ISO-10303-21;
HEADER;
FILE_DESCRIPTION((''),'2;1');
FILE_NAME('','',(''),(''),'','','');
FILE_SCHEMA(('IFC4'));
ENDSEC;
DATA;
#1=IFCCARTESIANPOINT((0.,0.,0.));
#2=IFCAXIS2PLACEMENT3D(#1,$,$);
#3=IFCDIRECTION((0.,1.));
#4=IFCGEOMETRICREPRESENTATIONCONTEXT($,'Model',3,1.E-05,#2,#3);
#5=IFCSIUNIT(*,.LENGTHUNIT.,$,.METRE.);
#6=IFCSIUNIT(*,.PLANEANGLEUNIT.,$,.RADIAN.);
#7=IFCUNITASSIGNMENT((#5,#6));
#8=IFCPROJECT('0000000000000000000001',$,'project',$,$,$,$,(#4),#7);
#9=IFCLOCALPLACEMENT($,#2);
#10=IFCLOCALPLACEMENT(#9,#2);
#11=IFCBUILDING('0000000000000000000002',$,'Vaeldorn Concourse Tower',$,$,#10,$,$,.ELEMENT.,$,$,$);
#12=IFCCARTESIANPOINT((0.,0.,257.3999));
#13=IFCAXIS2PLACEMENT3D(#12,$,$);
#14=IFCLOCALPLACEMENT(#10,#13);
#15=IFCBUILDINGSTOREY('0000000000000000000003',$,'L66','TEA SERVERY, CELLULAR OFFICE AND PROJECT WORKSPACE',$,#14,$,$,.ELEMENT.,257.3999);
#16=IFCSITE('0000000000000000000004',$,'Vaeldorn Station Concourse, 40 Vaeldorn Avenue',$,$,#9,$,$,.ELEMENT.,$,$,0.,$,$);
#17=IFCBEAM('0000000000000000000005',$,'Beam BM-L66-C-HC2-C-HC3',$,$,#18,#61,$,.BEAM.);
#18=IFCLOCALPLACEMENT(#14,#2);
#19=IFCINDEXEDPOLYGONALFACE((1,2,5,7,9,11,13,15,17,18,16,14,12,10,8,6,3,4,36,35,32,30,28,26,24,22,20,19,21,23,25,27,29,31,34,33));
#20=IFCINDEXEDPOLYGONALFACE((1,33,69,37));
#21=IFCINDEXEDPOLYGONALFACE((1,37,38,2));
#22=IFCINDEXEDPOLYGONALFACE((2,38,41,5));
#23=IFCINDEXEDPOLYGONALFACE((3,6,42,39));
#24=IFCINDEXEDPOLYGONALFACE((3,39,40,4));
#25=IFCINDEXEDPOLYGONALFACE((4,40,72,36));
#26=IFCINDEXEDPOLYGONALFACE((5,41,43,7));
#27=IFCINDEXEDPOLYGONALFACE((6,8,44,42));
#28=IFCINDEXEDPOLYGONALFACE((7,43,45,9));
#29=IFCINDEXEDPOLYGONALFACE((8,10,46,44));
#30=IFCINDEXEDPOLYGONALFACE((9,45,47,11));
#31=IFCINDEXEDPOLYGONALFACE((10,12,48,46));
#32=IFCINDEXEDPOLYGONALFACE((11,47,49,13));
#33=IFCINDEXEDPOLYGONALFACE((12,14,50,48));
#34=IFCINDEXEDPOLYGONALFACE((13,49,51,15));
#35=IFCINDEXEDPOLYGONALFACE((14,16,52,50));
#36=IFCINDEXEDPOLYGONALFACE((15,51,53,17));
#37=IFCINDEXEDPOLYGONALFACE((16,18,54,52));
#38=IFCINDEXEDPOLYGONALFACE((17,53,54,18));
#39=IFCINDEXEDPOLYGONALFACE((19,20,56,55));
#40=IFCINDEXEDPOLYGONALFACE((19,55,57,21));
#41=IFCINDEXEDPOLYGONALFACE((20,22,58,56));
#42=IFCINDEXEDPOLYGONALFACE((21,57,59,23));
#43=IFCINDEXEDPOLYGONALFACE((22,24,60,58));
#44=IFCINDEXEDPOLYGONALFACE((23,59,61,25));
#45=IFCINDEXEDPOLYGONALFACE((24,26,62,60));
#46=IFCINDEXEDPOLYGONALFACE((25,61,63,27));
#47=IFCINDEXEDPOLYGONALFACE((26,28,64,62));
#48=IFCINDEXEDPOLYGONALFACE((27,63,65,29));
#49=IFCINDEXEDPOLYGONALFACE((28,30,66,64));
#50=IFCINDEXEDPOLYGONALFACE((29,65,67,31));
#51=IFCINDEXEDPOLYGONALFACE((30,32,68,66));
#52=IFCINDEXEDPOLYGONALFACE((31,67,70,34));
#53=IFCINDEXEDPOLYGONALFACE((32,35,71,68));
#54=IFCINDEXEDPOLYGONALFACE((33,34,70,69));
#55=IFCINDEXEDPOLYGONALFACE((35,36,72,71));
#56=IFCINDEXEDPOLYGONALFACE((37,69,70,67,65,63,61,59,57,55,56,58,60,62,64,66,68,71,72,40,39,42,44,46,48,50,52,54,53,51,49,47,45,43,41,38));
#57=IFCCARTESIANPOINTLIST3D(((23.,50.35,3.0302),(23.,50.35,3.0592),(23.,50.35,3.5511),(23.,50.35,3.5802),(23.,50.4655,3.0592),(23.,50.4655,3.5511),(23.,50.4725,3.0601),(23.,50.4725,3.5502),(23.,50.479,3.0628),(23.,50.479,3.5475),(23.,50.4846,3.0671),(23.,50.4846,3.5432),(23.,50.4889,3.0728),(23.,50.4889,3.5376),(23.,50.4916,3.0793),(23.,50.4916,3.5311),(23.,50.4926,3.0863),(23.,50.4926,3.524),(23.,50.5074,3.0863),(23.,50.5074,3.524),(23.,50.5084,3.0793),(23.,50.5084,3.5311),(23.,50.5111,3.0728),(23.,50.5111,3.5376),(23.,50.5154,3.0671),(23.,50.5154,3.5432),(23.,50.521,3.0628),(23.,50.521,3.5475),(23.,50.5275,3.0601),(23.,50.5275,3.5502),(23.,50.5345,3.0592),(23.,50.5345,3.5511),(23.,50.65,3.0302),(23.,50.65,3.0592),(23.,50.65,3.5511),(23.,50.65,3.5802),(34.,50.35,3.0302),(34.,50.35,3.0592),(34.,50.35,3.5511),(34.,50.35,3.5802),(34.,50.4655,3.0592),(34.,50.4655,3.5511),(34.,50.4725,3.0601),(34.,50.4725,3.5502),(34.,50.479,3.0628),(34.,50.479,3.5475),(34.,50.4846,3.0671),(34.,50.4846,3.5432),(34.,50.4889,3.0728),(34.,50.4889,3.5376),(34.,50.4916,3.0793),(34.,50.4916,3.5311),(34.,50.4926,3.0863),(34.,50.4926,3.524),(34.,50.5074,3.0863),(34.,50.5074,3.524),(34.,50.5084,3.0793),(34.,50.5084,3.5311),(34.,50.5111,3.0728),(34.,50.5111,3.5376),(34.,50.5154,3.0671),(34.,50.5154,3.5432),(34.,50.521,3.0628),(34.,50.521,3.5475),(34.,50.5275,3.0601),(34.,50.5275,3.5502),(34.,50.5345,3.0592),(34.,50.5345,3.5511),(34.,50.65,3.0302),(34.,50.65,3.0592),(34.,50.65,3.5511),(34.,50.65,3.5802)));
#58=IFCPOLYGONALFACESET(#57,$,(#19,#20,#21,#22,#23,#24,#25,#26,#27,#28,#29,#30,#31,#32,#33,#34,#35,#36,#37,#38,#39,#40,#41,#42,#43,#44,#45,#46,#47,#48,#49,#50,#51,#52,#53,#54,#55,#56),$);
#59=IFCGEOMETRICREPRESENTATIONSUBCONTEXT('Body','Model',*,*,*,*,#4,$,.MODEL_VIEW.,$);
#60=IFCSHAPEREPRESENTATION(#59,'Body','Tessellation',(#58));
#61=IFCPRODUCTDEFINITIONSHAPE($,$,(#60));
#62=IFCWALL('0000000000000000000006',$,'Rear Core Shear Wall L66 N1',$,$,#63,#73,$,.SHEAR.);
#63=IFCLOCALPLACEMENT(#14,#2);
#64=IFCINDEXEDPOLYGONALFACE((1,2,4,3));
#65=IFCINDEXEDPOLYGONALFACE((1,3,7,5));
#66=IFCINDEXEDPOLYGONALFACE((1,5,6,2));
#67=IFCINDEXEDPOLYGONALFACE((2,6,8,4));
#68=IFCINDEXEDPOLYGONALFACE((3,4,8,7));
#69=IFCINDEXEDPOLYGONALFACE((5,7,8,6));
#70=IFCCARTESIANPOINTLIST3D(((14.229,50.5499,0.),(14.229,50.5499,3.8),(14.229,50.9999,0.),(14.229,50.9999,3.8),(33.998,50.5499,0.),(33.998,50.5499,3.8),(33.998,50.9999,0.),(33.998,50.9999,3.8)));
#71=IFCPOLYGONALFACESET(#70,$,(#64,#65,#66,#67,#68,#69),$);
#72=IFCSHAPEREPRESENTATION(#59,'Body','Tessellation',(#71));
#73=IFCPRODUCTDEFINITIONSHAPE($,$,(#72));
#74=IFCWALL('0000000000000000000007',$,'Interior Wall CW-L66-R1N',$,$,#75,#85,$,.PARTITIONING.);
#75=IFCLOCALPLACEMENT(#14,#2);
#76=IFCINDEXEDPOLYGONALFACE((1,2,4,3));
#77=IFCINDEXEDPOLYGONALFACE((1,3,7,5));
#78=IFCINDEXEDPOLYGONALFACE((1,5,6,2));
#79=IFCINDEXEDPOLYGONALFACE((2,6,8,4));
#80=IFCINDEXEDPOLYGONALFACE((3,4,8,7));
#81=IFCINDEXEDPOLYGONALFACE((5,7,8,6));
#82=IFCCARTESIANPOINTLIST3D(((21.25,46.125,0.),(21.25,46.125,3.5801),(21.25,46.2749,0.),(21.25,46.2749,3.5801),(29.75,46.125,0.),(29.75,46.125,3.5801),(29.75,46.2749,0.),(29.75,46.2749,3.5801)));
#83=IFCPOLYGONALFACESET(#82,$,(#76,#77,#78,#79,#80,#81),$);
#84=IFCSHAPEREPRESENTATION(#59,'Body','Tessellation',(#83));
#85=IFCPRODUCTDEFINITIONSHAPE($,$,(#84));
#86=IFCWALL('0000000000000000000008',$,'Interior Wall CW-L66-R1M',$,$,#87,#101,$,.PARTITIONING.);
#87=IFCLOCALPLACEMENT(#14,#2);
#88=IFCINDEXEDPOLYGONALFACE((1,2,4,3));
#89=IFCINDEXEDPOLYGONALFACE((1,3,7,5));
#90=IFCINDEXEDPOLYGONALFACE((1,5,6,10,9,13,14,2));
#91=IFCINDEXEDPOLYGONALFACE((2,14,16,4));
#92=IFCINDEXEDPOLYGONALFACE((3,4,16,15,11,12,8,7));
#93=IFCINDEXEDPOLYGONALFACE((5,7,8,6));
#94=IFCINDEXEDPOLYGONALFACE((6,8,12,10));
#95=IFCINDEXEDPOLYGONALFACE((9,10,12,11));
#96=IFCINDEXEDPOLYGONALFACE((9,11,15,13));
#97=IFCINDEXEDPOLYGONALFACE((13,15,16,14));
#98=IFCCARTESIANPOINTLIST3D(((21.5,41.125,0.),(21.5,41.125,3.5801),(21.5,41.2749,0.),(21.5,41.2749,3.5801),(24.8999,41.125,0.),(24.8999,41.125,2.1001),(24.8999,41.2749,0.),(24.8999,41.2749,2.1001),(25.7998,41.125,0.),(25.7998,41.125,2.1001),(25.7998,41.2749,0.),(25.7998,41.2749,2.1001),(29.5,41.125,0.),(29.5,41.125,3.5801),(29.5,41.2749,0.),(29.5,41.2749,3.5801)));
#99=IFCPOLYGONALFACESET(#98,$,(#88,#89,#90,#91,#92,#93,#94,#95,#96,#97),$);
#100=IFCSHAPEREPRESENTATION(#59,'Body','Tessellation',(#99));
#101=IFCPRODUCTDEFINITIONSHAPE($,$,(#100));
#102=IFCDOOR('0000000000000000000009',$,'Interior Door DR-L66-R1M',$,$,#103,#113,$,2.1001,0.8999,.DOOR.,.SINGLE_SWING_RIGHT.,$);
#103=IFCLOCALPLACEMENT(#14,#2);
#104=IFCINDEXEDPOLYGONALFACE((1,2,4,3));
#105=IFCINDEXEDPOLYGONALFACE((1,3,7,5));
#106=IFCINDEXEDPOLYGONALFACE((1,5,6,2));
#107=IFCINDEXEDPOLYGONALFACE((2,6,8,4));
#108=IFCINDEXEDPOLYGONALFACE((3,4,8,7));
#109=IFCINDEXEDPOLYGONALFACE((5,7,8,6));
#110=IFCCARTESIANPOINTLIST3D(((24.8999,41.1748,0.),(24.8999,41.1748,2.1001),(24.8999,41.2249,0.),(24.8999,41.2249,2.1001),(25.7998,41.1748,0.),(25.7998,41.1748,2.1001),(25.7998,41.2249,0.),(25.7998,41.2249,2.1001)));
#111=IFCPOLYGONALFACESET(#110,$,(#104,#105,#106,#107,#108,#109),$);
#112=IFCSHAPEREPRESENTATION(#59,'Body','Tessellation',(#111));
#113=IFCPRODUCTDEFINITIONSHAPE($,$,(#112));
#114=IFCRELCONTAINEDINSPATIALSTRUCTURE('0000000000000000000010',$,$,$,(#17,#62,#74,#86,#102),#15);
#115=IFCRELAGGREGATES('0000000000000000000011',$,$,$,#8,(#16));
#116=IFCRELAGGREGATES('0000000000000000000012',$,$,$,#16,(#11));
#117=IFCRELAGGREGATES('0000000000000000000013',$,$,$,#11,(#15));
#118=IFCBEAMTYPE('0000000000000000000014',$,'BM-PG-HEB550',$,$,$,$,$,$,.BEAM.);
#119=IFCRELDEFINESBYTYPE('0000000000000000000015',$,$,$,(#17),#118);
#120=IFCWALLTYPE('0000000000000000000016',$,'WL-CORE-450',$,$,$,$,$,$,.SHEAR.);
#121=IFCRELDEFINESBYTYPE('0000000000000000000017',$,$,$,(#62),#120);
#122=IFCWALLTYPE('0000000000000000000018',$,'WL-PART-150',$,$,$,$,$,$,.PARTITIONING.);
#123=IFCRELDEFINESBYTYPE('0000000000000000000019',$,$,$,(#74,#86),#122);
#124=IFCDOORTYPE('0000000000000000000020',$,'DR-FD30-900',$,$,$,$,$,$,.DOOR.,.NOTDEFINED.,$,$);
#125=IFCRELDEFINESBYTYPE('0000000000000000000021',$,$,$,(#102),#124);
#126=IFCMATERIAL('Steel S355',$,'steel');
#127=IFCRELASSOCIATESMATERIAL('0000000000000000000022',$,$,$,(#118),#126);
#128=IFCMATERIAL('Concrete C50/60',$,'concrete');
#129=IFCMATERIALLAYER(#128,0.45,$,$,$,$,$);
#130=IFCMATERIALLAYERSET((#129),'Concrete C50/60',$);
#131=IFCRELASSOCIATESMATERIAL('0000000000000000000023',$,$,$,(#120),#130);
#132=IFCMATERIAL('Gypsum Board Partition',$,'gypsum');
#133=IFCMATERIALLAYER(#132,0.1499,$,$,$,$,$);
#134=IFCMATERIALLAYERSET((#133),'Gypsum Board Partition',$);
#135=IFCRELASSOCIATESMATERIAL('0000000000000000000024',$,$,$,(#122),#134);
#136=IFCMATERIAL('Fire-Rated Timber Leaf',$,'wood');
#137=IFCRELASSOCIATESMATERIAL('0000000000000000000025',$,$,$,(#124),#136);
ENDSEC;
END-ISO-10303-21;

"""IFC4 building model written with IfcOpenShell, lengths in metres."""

from ifc_helpers import new_model, si_unit, direction, frame, frame_2d, origin, origin_2d, place, context, subcontext, project, spatial, rectangle, i_section, extrude, source, transform, mapped, material, layer, layer_set, material_profile, profile_set, type_object, element, fill, save


model = new_model("IFC4")

# Units and contexts
model_context = context("Model", 3, precision=1e-05, world=origin(), true_north=direction((0.0, 1.0)))
body_context = subcontext(model_context, "Body", "Model", "MODEL_VIEW")
ifc_project = project(units=[si_unit("LENGTHUNIT", "METRE"), si_unit("PLANEANGLEUNIT", "RADIAN")], contexts=[model_context])

# Site, building, storey
site_placement = place(None, origin())
site = spatial("IfcSite", under=ifc_project, at=site_placement, Name="Vaeldorn Station Concourse, 40 Vaeldorn Avenue", CompositionType="ELEMENT", RefElevation=0.0)
building_placement = place(site_placement, origin())
building = spatial("IfcBuilding", under=site, at=building_placement, Name="Vaeldorn Concourse Tower", CompositionType="ELEMENT")
storey_placement = place(building_placement, frame((0.0, 0.0, 257.3999)))
storey = spatial("IfcBuildingStorey", under=building, at=storey_placement, Name="L66", Description="TEA SERVERY, CELLULAR OFFICE AND PROJECT WORKSPACE", CompositionType="ELEMENT", Elevation=257.3999)

# Beam
ifc_material_1 = material(Name="Steel S355", Category="steel")
ifc_material_profile_1 = material_profile(ifc_material_1, i_section(OverallWidth=0.3, OverallDepth=0.55, WebThickness=0.0149, FlangeThickness=0.0291, FilletRadius=0.0271, at=origin_2d()), Name="HEB 550")
ifc_profile_set_1 = profile_set([ifc_material_profile_1], Name="Steel S355")
beam_type_1 = type_object("IfcBeamType", Name="BM-PG-HEB550", PredefinedType="BEAM", material=ifc_profile_set_1)
shared_shape_1 = source(origin(), body_context, "Body", "SweptSolid", [
    extrude(i_section(OverallWidth=0.3, OverallDepth=0.55, WebThickness=0.0149, FlangeThickness=0.0291, FilletRadius=0.0271, at=origin_2d()), origin(), (0.0, 0.0, 1.0), 11.0),
])
beam_1_placement = place(storey_placement, frame((23.0, 50.5, 3.3052), z_axis=(1.0, 0.0, 0.0), x_axis=(0.0, 1.0, 0.0)))
element("IfcBeam", 1, at=beam_1_placement, inside=storey, type_object=beam_type_1, Name="Beam BM-L66-C-HC2-C-HC3", PredefinedType="BEAM", context=body_context, shape_type="MappedRepresentation", body=[
    mapped(shared_shape_1, transform((0.0, 0.0, 0.0), scale=1.0)),
])

# Walls
ifc_material_2 = material(Name="Concrete C50/60", Category="concrete")
ifc_layer_1 = layer(ifc_material_2, 0.45)
ifc_layer_set_1 = layer_set([ifc_layer_1], Name="Concrete C50/60")
wall_type_1 = type_object("IfcWallType", Name="WL-CORE-450", PredefinedType="SHEAR", material=ifc_layer_set_1)
wall_1_placement = place(storey_placement, frame((14.229, 50.7749, 0.0), z_axis=(0.0, 0.0, 1.0), x_axis=(1.0, 0.0, 0.0)))
element("IfcWall", 2, at=wall_1_placement, inside=storey, type_object=wall_type_1, Name="Rear Core Shear Wall L66 N1", PredefinedType="SHEAR", context=body_context, shape_type="SweptSolid", body=[
    extrude(rectangle(XDim=19.769, YDim=0.45, at=frame_2d((9.8845, 0.0))), origin(), (0.0, 0.0, 1.0), 3.8),
])
ifc_material_3 = material(Name="Gypsum Board Partition", Category="gypsum")
ifc_layer_2 = layer(ifc_material_3, 0.1499)
ifc_layer_set_2 = layer_set([ifc_layer_2], Name="Gypsum Board Partition")
wall_type_2 = type_object("IfcWallType", Name="WL-PART-150", PredefinedType="PARTITIONING", material=ifc_layer_set_2)
wall_2_placement = place(storey_placement, frame((21.25, 46.2, 0.0), z_axis=(0.0, 0.0, 1.0), x_axis=(1.0, 0.0, 0.0)))
element("IfcWall", 3, at=wall_2_placement, inside=storey, type_object=wall_type_2, Name="Interior Wall CW-L66-R1N", PredefinedType="PARTITIONING", context=body_context, shape_type="SweptSolid", body=[
    extrude(rectangle(XDim=8.5, YDim=0.1499, at=frame_2d((4.25, 0.0))), origin(), (0.0, 0.0, 1.0), 3.5801),
])

# Wall, opening, door
wall_3_placement = place(storey_placement, frame((21.5, 41.2, 0.0), z_axis=(0.0, 0.0, 1.0), x_axis=(1.0, 0.0, 0.0)))
wall_3 = element("IfcWall", 4, at=wall_3_placement, inside=storey, type_object=wall_type_2, Name="Interior Wall CW-L66-R1M", PredefinedType="PARTITIONING", context=body_context, shape_type="SweptSolid", body=[
    extrude(rectangle(XDim=8.0, YDim=0.1499, at=frame_2d((4.0, 0.0))), origin(), (0.0, 0.0, 1.0), 3.5801),
])
opening_1_placement = place(wall_3_placement, frame((3.3999, 0.0, 0.0)))
opening_1 = element("IfcOpeningElement", 5, at=opening_1_placement, cuts=wall_3, PredefinedType="OPENING", context=body_context, shape_type="SweptSolid", body=[
    extrude(rectangle(XDim=0.8999, YDim=2.1001, at=frame_2d((0.45, 1.05))), frame((0.0, 0.085, 0.0), z_axis=(0.0, -1.0, 0.0), x_axis=(1.0, 0.0, 0.0)), (0.0, 0.0, 1.0), 0.1699),
])
ifc_material_4 = material(Name="Fire-Rated Timber Leaf", Category="wood")
door_type_1 = type_object("IfcDoorType", Name="DR-FD30-900", OperationType="NOTDEFINED", PredefinedType="DOOR", material=ifc_material_4)
shared_shape_2 = source(origin(), body_context, "Body", "SweptSolid", [
    extrude(rectangle(XDim=0.8999, YDim=2.1001, at=frame_2d((0.45, 1.05))), frame((0.0, 0.0249, 0.0), z_axis=(0.0, -1.0, 0.0), x_axis=(1.0, 0.0, 0.0)), (0.0, 0.0, 1.0), 0.05),
])
door_1_placement = place(opening_1_placement, origin())
door_1 = element("IfcDoor", 6, at=door_1_placement, inside=storey, type_object=door_type_1, Name="Interior Door DR-L66-R1M", OperationType="SINGLE_SWING_RIGHT", OverallHeight=2.1001, OverallWidth=0.8999, PredefinedType="DOOR", context=body_context, shape_type="MappedRepresentation", body=[
    mapped(shared_shape_2, transform((0.0, 0.0, 0.0), scale=1.0)),
])
fill(opening_1, door_1)

save(model, "model.ifc")
